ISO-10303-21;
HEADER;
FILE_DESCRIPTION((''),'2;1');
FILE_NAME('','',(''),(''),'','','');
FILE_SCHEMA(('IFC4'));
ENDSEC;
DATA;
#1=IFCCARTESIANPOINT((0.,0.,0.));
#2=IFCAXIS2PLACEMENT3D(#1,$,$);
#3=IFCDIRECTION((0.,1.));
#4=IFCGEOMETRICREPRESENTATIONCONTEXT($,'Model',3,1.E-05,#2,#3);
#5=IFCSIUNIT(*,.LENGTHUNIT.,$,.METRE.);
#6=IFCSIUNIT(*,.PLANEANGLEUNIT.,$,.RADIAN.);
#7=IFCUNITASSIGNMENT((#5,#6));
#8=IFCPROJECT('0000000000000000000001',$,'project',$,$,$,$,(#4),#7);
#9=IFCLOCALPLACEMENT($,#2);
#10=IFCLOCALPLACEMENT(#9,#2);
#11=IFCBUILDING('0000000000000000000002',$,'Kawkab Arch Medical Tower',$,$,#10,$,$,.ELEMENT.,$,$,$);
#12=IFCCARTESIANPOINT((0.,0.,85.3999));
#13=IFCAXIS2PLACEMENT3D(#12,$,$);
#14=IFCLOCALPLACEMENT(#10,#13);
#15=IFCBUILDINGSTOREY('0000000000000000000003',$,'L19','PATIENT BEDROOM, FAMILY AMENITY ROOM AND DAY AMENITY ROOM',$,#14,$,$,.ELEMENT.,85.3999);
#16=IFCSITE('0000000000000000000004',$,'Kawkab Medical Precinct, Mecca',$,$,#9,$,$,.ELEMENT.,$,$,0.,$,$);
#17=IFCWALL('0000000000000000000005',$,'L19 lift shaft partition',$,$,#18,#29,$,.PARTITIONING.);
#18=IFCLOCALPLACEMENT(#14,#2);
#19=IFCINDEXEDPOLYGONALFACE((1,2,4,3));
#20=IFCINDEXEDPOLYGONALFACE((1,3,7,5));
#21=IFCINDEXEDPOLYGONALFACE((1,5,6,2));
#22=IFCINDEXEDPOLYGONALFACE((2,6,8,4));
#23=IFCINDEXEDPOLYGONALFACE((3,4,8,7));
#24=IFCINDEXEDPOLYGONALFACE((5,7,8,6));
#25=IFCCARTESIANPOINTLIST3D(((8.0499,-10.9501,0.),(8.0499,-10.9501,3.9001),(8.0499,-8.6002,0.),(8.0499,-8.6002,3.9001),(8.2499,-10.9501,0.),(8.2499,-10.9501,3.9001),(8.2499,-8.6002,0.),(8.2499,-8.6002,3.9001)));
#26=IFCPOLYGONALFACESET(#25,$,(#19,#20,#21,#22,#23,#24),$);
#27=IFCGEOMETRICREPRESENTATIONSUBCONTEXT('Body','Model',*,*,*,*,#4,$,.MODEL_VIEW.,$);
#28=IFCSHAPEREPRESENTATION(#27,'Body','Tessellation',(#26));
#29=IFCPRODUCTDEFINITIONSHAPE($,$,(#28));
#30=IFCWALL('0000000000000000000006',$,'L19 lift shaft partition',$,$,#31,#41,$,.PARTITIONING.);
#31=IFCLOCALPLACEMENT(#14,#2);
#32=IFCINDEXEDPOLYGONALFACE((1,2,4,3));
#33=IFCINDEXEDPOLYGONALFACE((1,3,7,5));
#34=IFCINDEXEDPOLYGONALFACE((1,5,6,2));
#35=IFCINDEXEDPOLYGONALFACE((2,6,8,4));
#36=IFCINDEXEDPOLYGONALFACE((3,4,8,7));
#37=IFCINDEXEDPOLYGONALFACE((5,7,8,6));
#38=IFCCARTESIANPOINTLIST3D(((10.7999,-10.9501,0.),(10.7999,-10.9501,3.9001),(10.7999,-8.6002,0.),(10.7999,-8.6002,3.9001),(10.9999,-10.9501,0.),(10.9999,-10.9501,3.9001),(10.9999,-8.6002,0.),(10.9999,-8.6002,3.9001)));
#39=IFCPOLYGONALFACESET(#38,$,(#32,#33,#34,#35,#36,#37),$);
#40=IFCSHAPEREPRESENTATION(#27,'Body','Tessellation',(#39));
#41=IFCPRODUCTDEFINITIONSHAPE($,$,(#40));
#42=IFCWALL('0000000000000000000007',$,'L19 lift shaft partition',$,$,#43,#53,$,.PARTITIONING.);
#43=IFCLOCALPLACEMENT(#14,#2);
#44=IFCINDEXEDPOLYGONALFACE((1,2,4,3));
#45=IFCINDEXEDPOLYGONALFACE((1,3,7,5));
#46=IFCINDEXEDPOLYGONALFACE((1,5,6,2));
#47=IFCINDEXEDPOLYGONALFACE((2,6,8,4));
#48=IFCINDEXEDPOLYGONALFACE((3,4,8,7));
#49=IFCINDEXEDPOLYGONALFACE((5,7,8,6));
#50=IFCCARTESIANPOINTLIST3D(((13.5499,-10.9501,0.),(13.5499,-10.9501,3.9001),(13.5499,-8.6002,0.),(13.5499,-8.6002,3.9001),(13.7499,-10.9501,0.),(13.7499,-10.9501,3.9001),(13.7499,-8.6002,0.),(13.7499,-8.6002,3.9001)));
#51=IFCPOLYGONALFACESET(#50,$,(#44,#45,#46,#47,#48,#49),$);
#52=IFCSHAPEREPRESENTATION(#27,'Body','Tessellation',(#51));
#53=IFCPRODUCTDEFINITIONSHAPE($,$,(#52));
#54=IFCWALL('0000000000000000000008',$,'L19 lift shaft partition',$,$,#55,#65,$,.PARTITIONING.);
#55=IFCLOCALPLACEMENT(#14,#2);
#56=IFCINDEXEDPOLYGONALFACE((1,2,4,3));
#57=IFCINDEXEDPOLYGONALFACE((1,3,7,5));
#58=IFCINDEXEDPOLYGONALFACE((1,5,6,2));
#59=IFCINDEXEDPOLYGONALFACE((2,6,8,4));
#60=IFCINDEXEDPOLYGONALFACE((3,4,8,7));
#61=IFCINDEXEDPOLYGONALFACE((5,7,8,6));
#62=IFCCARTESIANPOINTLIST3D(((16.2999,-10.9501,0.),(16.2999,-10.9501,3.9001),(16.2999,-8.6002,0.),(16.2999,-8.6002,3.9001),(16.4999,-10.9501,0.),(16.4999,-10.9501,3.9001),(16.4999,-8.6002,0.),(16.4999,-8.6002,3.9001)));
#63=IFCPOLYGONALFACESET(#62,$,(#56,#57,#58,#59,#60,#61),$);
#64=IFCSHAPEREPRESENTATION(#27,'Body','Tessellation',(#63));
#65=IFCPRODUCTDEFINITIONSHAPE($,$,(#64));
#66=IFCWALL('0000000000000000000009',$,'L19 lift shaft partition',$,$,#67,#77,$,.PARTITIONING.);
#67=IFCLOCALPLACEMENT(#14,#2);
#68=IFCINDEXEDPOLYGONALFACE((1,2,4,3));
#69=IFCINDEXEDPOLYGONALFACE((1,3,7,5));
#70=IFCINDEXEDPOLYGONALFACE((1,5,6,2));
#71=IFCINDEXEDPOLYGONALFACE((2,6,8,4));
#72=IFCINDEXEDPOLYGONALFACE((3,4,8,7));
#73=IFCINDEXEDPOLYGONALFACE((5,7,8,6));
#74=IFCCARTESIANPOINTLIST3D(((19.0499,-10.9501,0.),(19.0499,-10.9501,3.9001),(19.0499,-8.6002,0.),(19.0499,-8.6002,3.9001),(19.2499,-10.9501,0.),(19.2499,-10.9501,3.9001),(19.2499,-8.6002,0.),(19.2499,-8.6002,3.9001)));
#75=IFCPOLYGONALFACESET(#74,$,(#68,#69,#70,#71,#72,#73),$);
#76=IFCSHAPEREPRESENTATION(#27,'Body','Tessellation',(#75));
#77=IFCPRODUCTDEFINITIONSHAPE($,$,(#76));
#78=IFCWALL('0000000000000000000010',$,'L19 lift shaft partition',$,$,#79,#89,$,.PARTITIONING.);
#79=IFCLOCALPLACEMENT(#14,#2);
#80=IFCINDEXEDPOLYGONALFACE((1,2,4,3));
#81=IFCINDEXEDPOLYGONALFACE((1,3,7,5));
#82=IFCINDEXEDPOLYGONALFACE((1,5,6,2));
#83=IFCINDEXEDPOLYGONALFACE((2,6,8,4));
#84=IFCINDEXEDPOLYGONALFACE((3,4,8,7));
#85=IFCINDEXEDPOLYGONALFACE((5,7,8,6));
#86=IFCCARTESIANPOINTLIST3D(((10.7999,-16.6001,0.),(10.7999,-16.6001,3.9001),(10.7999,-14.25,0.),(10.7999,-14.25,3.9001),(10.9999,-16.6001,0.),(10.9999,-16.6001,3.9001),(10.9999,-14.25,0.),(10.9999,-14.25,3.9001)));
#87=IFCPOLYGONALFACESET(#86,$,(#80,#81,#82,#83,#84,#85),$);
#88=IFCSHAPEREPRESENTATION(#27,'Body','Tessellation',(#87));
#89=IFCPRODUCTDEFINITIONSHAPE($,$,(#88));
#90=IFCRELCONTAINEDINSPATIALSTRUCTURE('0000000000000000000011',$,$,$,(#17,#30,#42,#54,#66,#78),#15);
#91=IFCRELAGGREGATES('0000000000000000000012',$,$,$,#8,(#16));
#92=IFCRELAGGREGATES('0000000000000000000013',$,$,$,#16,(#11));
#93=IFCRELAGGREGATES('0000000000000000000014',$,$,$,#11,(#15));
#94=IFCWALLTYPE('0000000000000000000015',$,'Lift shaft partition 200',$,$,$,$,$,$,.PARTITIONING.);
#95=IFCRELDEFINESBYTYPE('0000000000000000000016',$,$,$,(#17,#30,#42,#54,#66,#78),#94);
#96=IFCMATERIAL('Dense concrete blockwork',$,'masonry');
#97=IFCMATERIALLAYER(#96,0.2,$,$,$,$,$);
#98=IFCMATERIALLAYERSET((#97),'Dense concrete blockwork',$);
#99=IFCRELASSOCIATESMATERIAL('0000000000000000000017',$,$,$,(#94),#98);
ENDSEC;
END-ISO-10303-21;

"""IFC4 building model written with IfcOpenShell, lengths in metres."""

from ifc_helpers import new_model, si_unit, direction, frame, frame_2d, origin, place, context, subcontext, project, spatial, rectangle, extrude, material, layer, layer_set, type_object, element, save


model = new_model("IFC4")

# Units and contexts
model_context = context("Model", 3, precision=1e-05, world=origin(), true_north=direction((0.0, 1.0)))
body_context = subcontext(model_context, "Body", "Model", "MODEL_VIEW")
ifc_project = project(units=[si_unit("LENGTHUNIT", "METRE"), si_unit("PLANEANGLEUNIT", "RADIAN")], contexts=[model_context])

# Site, building, storey
site_placement = place(None, origin())
site = spatial("IfcSite", under=ifc_project, at=site_placement, Name="Kawkab Medical Precinct, Mecca", CompositionType="ELEMENT", RefElevation=0.0)
building_placement = place(site_placement, origin())
building = spatial("IfcBuilding", under=site, at=building_placement, Name="Kawkab Arch Medical Tower", CompositionType="ELEMENT")
storey_placement = place(building_placement, frame((0.0, 0.0, 85.3999)))
storey = spatial("IfcBuildingStorey", under=building, at=storey_placement, Name="L19", Description="PATIENT BEDROOM, FAMILY AMENITY ROOM AND DAY AMENITY ROOM", CompositionType="ELEMENT", Elevation=85.3999)

# Walls
ifc_material_1 = material(Name="Dense concrete blockwork", Category="masonry")
ifc_layer_1 = layer(ifc_material_1, 0.2)
ifc_layer_set_1 = layer_set([ifc_layer_1], Name="Dense concrete blockwork")
wall_type_1 = type_object("IfcWallType", Name="Lift shaft partition 200", PredefinedType="PARTITIONING", material=ifc_layer_set_1)
for number, where, z_axis, x_axis, name in (
    (1, (8.1499, -10.95, 0.0), (0.0, 0.0, 1.0), (0.0, 1.0, 0.0), "L19 lift shaft partition"),
    (2, (10.8999, -10.95, 0.0), (0.0, 0.0, 1.0), (0.0, 1.0, 0.0), "L19 lift shaft partition"),
    (3, (13.6499, -10.95, 0.0), (0.0, 0.0, 1.0), (0.0, 1.0, 0.0), "L19 lift shaft partition"),
    (4, (16.3999, -10.95, 0.0), (0.0, 0.0, 1.0), (0.0, 1.0, 0.0), "L19 lift shaft partition"),
    (5, (19.1499, -10.95, 0.0), (0.0, 0.0, 1.0), (0.0, 1.0, 0.0), "L19 lift shaft partition"),
):
    element("IfcWall", number, at=place(storey_placement, frame(where, z_axis=z_axis, x_axis=x_axis)), inside=storey, type_object=wall_type_1, Name=name, PredefinedType="PARTITIONING", context=body_context, shape_type="SweptSolid", body=[
        extrude(rectangle(XDim=2.3499, YDim=0.2, at=frame_2d((1.1748, 0.0))), origin(), (0.0, 0.0, 1.0), 3.9001),
    ])
wall_1_placement = place(storey_placement, frame((10.8999, -16.6001, 0.0), z_axis=(0.0, 0.0, 1.0), x_axis=(0.0, 1.0, 0.0)))
element("IfcWall", 6, at=wall_1_placement, inside=storey, type_object=wall_type_1, Name="L19 lift shaft partition", PredefinedType="PARTITIONING", context=body_context, shape_type="SweptSolid", body=[
    extrude(rectangle(XDim=2.3501, YDim=0.2, at=frame_2d((1.175, 0.0))), origin(), (0.0, 0.0, 1.0), 3.9001),
])

save(model, "model.ifc")
